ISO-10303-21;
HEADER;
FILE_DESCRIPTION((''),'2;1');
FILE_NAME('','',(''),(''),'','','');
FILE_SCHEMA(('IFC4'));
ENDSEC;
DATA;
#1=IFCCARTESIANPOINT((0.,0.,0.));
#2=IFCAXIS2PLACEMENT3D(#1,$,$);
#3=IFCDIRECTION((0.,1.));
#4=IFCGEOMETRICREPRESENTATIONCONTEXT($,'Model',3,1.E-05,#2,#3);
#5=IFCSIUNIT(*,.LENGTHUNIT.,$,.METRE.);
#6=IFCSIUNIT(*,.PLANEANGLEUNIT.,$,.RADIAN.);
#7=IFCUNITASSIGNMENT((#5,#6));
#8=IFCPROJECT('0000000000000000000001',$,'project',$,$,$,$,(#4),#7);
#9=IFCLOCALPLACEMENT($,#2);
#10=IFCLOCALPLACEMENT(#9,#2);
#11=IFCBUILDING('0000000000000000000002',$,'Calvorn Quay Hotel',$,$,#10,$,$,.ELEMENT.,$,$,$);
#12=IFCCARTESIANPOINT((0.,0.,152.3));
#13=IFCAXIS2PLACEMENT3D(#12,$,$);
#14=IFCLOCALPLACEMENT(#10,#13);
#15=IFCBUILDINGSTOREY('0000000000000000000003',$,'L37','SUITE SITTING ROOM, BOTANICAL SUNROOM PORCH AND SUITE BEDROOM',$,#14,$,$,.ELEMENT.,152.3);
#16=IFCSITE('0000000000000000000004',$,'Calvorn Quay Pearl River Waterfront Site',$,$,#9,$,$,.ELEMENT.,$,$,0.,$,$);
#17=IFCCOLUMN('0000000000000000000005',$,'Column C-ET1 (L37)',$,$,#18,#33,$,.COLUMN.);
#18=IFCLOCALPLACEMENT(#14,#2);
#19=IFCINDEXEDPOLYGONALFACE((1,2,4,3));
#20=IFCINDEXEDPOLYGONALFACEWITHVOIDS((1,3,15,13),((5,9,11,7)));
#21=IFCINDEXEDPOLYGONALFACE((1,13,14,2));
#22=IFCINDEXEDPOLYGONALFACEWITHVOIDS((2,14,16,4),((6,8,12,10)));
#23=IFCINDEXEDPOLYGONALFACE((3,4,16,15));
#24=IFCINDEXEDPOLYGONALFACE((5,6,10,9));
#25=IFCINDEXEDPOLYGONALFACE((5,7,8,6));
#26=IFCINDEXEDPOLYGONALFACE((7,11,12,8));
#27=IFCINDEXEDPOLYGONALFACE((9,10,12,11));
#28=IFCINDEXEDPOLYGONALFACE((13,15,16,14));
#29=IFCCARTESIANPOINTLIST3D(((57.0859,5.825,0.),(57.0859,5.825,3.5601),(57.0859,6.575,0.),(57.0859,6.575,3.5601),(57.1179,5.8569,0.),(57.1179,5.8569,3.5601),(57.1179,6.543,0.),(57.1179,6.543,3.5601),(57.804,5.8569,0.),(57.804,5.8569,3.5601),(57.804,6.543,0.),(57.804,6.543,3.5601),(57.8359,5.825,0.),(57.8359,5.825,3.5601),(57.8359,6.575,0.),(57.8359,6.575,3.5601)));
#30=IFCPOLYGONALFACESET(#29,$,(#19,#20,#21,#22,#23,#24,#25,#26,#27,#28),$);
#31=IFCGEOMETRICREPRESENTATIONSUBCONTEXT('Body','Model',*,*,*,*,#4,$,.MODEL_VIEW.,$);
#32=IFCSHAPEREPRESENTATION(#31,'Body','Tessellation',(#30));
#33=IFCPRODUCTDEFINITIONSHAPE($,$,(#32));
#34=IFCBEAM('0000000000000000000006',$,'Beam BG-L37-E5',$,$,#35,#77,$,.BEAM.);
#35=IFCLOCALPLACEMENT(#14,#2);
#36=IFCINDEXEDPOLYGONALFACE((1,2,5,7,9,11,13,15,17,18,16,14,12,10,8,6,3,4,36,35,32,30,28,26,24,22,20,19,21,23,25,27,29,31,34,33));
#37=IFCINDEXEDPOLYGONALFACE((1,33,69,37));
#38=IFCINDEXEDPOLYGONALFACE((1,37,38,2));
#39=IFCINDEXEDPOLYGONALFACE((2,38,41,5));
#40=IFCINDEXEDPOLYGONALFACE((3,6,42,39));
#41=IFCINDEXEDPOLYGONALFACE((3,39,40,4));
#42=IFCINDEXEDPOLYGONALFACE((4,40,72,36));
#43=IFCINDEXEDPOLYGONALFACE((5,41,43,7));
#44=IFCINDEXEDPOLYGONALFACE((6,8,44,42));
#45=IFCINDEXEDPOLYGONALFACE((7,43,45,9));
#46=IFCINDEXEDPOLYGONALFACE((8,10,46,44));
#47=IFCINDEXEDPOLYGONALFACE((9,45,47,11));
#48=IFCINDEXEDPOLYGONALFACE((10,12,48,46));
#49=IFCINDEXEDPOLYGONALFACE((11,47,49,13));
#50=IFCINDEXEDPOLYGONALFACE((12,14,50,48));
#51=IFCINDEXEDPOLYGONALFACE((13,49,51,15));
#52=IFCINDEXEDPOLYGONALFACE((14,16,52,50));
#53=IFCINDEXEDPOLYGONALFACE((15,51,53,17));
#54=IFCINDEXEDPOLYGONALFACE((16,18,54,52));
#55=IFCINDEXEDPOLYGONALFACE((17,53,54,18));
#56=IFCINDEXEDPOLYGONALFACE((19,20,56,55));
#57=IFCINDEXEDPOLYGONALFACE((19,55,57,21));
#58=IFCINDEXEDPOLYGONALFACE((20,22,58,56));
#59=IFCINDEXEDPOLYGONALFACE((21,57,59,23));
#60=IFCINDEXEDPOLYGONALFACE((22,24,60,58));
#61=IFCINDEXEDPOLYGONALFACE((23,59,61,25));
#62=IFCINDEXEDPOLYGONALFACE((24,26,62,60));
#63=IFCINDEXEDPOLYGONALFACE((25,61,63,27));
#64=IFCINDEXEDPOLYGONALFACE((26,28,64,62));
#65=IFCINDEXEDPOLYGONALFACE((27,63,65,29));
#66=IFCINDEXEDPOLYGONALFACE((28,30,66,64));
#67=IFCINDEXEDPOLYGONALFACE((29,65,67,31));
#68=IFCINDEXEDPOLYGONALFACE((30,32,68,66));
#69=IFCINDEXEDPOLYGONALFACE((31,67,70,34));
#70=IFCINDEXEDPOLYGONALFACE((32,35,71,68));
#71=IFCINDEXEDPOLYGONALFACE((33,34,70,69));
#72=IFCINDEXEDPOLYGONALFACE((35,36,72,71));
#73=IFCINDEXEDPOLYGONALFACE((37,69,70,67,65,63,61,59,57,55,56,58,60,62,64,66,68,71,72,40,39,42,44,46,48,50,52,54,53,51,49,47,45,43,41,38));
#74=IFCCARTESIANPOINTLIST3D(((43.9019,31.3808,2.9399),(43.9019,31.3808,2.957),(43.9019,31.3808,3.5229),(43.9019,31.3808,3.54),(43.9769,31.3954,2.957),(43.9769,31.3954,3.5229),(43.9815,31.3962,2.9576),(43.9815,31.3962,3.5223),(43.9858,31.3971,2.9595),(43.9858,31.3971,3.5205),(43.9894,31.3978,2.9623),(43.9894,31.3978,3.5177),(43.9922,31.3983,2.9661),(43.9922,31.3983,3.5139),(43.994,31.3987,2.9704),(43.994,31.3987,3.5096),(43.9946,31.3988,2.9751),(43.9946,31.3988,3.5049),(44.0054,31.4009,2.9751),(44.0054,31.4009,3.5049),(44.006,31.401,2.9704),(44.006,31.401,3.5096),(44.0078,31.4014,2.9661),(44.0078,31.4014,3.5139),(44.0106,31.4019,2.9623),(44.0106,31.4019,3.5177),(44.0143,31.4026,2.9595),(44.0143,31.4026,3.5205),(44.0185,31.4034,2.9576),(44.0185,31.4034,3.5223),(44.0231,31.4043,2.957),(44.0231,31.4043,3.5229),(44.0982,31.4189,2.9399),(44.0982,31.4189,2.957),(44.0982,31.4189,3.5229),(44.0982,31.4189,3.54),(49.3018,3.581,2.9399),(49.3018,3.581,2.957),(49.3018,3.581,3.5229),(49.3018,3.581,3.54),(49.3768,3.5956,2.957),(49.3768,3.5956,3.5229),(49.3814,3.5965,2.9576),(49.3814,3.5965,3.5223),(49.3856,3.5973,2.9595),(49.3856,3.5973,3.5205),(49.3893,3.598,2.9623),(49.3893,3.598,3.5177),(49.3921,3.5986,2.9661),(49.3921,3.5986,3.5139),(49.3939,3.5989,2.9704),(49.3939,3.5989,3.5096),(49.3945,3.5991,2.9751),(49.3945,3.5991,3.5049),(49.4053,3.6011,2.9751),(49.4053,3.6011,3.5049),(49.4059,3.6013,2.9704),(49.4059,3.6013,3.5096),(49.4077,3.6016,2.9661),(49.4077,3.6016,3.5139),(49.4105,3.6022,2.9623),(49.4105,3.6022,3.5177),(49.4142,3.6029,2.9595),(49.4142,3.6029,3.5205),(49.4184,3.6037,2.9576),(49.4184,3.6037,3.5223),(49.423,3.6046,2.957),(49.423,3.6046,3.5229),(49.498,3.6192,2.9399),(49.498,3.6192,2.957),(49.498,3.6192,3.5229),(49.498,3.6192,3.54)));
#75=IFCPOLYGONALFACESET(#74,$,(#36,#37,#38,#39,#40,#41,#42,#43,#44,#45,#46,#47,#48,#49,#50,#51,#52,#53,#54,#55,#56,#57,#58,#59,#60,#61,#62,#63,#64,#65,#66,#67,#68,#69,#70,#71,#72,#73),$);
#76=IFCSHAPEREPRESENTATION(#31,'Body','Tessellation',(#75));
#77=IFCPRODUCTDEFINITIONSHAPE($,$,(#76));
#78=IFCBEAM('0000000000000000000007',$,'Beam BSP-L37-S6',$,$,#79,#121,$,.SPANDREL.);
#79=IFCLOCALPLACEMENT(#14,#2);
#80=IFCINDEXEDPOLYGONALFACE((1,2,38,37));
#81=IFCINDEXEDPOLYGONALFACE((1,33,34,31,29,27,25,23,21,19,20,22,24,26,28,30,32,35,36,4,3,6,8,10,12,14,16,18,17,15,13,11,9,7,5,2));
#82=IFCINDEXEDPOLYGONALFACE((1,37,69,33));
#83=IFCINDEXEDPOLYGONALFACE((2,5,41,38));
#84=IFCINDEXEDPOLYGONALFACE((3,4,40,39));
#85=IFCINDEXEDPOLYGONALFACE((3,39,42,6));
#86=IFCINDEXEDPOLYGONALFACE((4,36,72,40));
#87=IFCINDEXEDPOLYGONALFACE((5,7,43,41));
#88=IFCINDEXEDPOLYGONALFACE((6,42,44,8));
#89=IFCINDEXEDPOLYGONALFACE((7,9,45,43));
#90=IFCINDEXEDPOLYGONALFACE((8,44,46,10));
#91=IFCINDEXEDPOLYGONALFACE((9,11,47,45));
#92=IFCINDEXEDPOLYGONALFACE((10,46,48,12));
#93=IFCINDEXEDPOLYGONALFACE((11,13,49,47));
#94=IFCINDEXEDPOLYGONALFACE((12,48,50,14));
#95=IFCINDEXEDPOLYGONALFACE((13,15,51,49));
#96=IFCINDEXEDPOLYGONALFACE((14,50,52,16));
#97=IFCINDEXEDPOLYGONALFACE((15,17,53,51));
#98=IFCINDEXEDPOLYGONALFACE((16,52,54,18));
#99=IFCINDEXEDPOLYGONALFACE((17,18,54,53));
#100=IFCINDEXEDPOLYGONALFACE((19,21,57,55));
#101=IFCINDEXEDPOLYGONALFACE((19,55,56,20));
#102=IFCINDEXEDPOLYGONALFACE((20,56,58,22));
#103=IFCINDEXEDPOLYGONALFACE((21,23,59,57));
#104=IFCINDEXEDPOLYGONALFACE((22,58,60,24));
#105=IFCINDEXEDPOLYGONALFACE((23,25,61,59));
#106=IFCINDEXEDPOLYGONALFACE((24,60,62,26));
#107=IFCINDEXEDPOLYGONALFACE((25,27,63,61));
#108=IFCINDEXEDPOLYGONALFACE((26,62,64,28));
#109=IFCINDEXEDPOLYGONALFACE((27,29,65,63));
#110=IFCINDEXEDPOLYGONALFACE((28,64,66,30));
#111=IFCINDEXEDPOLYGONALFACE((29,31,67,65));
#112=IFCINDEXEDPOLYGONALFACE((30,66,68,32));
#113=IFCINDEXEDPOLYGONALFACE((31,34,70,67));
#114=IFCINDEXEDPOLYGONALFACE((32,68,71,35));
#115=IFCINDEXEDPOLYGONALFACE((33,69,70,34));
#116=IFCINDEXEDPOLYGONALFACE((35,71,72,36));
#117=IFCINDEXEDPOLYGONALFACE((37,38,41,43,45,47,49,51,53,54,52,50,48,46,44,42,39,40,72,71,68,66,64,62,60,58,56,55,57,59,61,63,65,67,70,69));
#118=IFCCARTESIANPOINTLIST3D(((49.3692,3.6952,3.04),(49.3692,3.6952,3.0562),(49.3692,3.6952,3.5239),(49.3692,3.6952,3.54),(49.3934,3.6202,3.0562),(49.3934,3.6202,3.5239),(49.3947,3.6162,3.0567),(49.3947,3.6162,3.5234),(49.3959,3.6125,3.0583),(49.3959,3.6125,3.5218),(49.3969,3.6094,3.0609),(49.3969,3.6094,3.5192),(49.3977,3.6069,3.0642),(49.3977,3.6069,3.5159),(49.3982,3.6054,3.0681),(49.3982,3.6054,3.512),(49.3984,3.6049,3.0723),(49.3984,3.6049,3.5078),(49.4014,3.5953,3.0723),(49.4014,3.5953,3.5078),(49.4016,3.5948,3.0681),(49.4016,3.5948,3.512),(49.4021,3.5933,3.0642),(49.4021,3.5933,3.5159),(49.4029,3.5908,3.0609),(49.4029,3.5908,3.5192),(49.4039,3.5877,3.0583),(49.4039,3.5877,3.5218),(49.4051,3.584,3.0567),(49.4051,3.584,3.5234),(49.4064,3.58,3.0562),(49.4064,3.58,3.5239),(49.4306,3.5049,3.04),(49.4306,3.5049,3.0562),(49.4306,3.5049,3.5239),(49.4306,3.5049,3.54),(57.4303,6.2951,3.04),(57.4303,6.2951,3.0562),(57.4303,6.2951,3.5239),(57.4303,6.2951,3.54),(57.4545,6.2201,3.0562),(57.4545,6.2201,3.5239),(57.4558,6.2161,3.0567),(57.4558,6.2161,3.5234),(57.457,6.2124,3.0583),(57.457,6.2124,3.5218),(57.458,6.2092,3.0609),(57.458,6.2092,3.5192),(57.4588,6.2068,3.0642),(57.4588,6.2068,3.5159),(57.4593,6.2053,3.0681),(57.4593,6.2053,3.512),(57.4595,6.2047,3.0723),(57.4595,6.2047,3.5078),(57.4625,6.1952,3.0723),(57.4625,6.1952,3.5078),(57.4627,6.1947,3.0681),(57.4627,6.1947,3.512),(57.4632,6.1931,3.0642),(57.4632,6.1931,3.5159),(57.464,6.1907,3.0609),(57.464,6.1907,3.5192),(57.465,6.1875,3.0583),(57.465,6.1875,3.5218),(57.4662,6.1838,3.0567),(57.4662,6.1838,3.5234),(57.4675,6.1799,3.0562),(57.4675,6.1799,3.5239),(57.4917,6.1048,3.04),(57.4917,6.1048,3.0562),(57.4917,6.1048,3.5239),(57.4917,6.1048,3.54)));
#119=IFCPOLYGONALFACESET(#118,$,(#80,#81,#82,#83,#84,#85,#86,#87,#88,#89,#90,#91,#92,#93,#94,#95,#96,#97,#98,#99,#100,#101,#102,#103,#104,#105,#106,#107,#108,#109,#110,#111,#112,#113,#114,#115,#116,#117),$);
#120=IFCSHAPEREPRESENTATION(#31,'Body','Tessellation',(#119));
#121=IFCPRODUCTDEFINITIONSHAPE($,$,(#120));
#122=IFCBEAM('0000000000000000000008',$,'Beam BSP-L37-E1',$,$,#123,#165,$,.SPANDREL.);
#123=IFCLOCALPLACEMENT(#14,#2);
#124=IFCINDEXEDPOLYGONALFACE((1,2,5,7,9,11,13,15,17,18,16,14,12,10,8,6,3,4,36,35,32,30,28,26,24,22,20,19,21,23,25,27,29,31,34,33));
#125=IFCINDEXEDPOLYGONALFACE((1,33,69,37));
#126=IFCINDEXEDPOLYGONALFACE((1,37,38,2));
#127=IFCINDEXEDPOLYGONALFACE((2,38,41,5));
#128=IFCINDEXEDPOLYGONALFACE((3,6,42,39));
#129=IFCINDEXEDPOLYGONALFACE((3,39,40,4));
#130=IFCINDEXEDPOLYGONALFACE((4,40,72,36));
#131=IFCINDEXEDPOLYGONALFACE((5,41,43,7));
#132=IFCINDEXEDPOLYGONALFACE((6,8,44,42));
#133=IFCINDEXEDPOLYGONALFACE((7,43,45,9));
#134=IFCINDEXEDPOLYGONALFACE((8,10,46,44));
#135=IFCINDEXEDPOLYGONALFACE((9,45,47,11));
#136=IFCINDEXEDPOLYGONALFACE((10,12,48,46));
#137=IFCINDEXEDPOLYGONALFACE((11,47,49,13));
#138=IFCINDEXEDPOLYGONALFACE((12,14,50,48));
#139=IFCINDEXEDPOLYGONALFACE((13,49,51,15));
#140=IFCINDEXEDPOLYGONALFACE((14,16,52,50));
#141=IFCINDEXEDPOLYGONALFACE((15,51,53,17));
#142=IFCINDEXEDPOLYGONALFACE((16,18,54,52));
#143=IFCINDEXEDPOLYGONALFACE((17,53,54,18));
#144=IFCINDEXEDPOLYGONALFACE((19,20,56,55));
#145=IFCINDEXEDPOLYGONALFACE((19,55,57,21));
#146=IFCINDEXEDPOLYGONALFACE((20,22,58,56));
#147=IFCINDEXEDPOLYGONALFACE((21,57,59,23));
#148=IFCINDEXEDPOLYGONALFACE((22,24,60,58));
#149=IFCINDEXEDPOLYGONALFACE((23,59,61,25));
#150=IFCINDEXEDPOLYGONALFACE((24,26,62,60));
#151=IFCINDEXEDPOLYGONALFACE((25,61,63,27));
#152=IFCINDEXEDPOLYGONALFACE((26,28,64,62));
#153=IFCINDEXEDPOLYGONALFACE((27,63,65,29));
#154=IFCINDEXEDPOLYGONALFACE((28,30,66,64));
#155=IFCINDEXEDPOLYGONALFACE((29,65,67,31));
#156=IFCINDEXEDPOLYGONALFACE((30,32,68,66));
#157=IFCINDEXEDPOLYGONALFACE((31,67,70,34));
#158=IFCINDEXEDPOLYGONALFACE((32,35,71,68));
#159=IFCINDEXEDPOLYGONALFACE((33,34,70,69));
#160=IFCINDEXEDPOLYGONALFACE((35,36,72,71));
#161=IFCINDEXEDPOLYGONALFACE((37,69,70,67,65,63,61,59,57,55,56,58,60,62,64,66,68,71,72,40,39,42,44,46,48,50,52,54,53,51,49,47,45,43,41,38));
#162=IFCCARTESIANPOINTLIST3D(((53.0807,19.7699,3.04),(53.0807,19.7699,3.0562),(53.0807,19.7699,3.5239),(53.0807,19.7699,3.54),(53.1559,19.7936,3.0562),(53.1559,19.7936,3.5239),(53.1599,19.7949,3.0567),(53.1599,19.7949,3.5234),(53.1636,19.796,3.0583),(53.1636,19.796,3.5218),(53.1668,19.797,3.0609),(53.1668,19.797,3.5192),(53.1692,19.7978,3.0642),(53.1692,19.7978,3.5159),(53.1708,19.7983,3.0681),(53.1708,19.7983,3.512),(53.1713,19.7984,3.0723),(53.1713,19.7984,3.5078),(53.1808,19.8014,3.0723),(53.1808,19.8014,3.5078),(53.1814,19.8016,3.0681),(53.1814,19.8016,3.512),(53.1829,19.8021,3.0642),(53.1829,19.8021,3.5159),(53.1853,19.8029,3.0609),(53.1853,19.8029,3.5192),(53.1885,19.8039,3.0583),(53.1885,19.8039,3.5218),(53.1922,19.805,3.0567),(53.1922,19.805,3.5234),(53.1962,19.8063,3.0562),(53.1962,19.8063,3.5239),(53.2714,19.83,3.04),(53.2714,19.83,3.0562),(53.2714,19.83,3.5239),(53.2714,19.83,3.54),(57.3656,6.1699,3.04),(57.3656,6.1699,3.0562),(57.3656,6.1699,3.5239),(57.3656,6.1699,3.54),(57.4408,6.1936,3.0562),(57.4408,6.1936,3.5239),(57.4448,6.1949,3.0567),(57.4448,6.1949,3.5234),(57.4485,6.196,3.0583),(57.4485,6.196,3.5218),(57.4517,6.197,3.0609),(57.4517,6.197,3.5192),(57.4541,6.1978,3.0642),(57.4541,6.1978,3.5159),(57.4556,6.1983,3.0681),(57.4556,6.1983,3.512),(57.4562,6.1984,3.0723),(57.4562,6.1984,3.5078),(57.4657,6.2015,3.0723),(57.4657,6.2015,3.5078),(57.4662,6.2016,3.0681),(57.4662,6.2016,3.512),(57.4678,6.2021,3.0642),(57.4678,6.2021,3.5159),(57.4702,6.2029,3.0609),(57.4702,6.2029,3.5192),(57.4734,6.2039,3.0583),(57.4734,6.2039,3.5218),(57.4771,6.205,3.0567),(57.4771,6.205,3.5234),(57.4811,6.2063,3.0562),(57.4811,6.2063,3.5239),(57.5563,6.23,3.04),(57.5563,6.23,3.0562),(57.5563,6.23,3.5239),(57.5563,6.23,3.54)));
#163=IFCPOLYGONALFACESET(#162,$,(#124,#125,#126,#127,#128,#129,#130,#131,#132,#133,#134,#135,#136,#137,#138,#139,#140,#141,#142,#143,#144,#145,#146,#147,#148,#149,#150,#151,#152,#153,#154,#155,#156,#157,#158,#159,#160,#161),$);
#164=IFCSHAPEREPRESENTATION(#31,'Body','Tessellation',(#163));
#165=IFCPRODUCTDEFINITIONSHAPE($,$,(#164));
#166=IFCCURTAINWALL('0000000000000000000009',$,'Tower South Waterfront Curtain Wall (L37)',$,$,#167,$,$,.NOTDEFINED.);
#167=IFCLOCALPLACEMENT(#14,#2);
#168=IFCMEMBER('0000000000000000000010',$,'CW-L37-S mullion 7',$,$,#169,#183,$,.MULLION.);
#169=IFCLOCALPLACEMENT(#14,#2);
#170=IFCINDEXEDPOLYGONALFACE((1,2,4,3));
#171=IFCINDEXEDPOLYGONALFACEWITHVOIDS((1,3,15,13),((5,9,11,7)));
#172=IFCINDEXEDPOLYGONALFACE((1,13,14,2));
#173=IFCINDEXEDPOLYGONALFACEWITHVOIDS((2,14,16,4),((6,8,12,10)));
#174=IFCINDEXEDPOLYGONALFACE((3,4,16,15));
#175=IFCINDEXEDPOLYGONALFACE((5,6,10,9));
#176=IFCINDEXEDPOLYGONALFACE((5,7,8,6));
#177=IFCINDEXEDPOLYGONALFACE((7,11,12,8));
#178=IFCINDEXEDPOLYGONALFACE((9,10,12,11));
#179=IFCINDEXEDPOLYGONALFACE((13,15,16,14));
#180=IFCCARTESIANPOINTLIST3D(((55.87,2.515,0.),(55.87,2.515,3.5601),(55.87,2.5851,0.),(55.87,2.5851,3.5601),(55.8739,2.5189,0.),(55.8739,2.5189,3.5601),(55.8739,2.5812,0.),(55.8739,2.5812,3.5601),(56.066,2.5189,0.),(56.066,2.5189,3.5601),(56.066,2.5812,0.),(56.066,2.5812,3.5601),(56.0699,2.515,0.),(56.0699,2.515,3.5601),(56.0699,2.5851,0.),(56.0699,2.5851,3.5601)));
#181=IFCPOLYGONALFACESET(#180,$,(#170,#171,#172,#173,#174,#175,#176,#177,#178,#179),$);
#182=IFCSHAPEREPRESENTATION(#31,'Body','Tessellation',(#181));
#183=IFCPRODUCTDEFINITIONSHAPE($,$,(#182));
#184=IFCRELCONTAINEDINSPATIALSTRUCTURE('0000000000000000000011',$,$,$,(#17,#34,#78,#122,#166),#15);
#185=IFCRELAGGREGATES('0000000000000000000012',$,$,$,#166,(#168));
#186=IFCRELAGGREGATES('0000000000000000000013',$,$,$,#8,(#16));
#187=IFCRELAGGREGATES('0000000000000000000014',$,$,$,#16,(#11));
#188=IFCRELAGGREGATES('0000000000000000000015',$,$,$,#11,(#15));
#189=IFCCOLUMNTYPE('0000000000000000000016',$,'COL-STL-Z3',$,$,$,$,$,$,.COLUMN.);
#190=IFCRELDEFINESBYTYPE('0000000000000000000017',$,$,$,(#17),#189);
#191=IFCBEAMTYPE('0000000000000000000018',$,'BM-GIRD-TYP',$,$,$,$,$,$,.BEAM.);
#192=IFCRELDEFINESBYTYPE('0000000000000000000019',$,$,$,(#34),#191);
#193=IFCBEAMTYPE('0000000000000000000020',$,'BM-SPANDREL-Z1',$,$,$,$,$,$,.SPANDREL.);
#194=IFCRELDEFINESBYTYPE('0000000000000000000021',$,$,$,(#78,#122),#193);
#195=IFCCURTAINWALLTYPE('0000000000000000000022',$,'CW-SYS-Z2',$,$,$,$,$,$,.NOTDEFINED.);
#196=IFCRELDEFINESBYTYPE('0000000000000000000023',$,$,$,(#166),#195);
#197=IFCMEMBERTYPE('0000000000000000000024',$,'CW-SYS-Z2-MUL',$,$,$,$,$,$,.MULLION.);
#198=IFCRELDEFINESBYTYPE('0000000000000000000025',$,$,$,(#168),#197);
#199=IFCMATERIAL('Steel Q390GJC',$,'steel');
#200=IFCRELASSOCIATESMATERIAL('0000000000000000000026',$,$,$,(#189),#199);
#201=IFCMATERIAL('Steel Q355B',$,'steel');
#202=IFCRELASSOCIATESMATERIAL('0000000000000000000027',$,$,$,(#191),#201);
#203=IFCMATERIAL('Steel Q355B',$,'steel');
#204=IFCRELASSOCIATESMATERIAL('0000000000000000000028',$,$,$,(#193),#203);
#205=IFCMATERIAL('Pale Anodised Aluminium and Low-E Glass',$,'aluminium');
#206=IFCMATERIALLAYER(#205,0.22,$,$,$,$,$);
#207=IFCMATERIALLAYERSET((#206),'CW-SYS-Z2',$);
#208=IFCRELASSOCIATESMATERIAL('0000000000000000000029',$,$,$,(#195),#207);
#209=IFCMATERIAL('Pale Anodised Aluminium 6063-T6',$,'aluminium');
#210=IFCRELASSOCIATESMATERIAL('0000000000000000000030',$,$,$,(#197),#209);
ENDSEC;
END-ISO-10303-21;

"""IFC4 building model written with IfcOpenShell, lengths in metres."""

from ifc_helpers import new_model, si_unit, direction, frame, origin, origin_2d, place, context, subcontext, project, spatial, hollow_rectangle, i_section, extrude, material, layer, layer_set, material_profile, profile_set, type_object, element, aggregate, save


model = new_model("IFC4")

# Units and contexts
model_context = context("Model", 3, precision=1e-05, world=origin(), true_north=direction((0.0, 1.0)))
body_context = subcontext(model_context, "Body", "Model", "MODEL_VIEW")
ifc_project = project(units=[si_unit("LENGTHUNIT", "METRE"), si_unit("PLANEANGLEUNIT", "RADIAN")], contexts=[model_context])

# Site, building, storey
site_placement = place(None, origin())
site = spatial("IfcSite", under=ifc_project, at=site_placement, Name="Calvorn Quay Pearl River Waterfront Site", CompositionType="ELEMENT", RefElevation=0.0)
building_placement = place(site_placement, origin())
building = spatial("IfcBuilding", under=site, at=building_placement, Name="Calvorn Quay Hotel", CompositionType="ELEMENT")
storey_placement = place(building_placement, frame((0.0, 0.0, 152.3)))
storey = spatial("IfcBuildingStorey", under=building, at=storey_placement, Name="L37", Description="SUITE SITTING ROOM, BOTANICAL SUNROOM PORCH AND SUITE BEDROOM", CompositionType="ELEMENT", Elevation=152.3)

# Column
ifc_material_1 = material(Name="Steel Q390GJC", Category="steel")
ifc_material_profile_1 = material_profile(ifc_material_1, hollow_rectangle(XDim=0.75, YDim=0.75, WallThickness=0.032, at=origin_2d()), Name="BOX750x750x32")
ifc_profile_set_1 = profile_set([ifc_material_profile_1], Name="Steel Q390GJC")
column_type = type_object("IfcColumnType", Name="COL-STL-Z3", PredefinedType="COLUMN", material=ifc_profile_set_1)
column_placement = place(storey_placement, frame((57.4609, 6.2, 0.0), z_axis=(0.0, 0.0, 1.0), x_axis=(1.0, 0.0, 0.0)))
element("IfcColumn", 1, at=column_placement, inside=storey, type_object=column_type, Name="Column C-ET1 (L37)", PredefinedType="COLUMN", context=body_context, shape_type="SweptSolid", body=[
    extrude(hollow_rectangle(XDim=0.75, YDim=0.75, WallThickness=0.032, at=origin_2d()), origin(), (0.0, 0.0, 1.0), 3.5601),
])

# Beams
ifc_material_2 = material(Name="Steel Q355B", Category="steel")
ifc_material_profile_2 = material_profile(ifc_material_2, i_section(OverallWidth=0.2, OverallDepth=0.6001, WebThickness=0.011, FlangeThickness=0.0171, FilletRadius=0.0181, at=origin_2d()), Name="HN600x200x11x17")
ifc_profile_set_2 = profile_set([ifc_material_profile_2], Name="Steel Q355B")
beam_type_1 = type_object("IfcBeamType", Name="BM-GIRD-TYP", PredefinedType="BEAM", material=ifc_profile_set_2)
beam_1_placement = place(storey_placement, frame((49.3999, 3.6001, 3.24), z_axis=(-0.190679, 0.981653, 0.0), x_axis=(-0.981653, -0.190679, 0.0)))
element("IfcBeam", 2, at=beam_1_placement, inside=storey, type_object=beam_type_1, Name="Beam BG-L37-E5", PredefinedType="BEAM", context=body_context, shape_type="SweptSolid", body=[
    extrude(i_section(OverallWidth=0.2, OverallDepth=0.6001, WebThickness=0.011, FlangeThickness=0.0171, FilletRadius=0.0181, at=origin_2d()), origin(), (0.0, 0.0, 1.0), 28.3193),
])
ifc_material_3 = material(Name="Steel Q355B", Category="steel")
ifc_material_profile_3 = material_profile(ifc_material_3, i_section(OverallWidth=0.2, OverallDepth=0.5, WebThickness=0.01, FlangeThickness=0.0161, FilletRadius=0.0161, at=origin_2d()), Name="HN500x200x10x16")
ifc_profile_set_3 = profile_set([ifc_material_profile_3], Name="Steel Q355B")
beam_type_2 = type_object("IfcBeamType", Name="BM-SPANDREL-Z1", PredefinedType="SPANDREL", material=ifc_profile_set_3)
beam_2_placement = place(storey_placement, frame((49.3999, 3.6001, 3.29), z_axis=(0.951725, 0.306951, 0.0), x_axis=(-0.306951, 0.951725, 0.0)))
element("IfcBeam", 3, at=beam_2_placement, inside=storey, type_object=beam_type_2, Name="Beam BSP-L37-S6", PredefinedType="SPANDREL", context=body_context, shape_type="SweptSolid", body=[
    extrude(i_section(OverallWidth=0.2, OverallDepth=0.5, WebThickness=0.01, FlangeThickness=0.0161, FilletRadius=0.0161, at=origin_2d()), origin(), (0.0, 0.0, 1.0), 8.47),
])
beam_3_placement = place(storey_placement, frame((57.4609, 6.2, 3.29), z_axis=(-0.300503, 0.953781, 0.0), x_axis=(-0.953781, -0.300503, 0.0)))
element("IfcBeam", 4, at=beam_3_placement, inside=storey, type_object=beam_type_2, Name="Beam BSP-L37-E1", PredefinedType="SPANDREL", context=body_context, shape_type="SweptSolid", body=[
    extrude(i_section(OverallWidth=0.2, OverallDepth=0.5, WebThickness=0.01, FlangeThickness=0.0161, FilletRadius=0.0161, at=origin_2d()), origin(), (0.0, 0.0, 1.0), 14.259),
])

# Curtain wall, member
ifc_material_4 = material(Name="Pale Anodised Aluminium and Low-E Glass", Category="aluminium")
ifc_layer_1 = layer(ifc_material_4, 0.22)
ifc_layer_set_1 = layer_set([ifc_layer_1], Name="CW-SYS-Z2")
curtain_wall_type = type_object("IfcCurtainWallType", Name="CW-SYS-Z2", PredefinedType="NOTDEFINED", material=ifc_layer_set_1)
curtain_wall_placement = place(storey_placement, origin())
curtain_wall = element("IfcCurtainWall", 5, at=curtain_wall_placement, inside=storey, type_object=curtain_wall_type, Name="Tower South Waterfront Curtain Wall (L37)", PredefinedType="NOTDEFINED")
ifc_material_5 = material(Name="Pale Anodised Aluminium 6063-T6", Category="aluminium")
ifc_material_profile_4 = material_profile(ifc_material_5, hollow_rectangle(XDim=0.0701, YDim=0.2, WallThickness=0.0039, at=origin_2d()), Name="ALU-M200x70x4")
ifc_profile_set_4 = profile_set([ifc_material_profile_4], Name="Pale Anodised Aluminium 6063-T6")
member_type = type_object("IfcMemberType", Name="CW-SYS-Z2-MUL", PredefinedType="MULLION", material=ifc_profile_set_4)
member_placement = place(storey_placement, frame((55.97, 2.55, 0.0), z_axis=(0.0, 0.0, 1.0), x_axis=(0.0, 1.0, 0.0)))
member = element("IfcMember", 6, at=member_placement, type_object=member_type, Name="CW-L37-S mullion 7", PredefinedType="MULLION", context=body_context, shape_type="SweptSolid", body=[
    extrude(hollow_rectangle(XDim=0.0701, YDim=0.2, WallThickness=0.0039, at=origin_2d()), origin(), (0.0, 0.0, 1.0), 3.5601),
])
aggregate(curtain_wall, [member])

save(model, "model.ifc")
